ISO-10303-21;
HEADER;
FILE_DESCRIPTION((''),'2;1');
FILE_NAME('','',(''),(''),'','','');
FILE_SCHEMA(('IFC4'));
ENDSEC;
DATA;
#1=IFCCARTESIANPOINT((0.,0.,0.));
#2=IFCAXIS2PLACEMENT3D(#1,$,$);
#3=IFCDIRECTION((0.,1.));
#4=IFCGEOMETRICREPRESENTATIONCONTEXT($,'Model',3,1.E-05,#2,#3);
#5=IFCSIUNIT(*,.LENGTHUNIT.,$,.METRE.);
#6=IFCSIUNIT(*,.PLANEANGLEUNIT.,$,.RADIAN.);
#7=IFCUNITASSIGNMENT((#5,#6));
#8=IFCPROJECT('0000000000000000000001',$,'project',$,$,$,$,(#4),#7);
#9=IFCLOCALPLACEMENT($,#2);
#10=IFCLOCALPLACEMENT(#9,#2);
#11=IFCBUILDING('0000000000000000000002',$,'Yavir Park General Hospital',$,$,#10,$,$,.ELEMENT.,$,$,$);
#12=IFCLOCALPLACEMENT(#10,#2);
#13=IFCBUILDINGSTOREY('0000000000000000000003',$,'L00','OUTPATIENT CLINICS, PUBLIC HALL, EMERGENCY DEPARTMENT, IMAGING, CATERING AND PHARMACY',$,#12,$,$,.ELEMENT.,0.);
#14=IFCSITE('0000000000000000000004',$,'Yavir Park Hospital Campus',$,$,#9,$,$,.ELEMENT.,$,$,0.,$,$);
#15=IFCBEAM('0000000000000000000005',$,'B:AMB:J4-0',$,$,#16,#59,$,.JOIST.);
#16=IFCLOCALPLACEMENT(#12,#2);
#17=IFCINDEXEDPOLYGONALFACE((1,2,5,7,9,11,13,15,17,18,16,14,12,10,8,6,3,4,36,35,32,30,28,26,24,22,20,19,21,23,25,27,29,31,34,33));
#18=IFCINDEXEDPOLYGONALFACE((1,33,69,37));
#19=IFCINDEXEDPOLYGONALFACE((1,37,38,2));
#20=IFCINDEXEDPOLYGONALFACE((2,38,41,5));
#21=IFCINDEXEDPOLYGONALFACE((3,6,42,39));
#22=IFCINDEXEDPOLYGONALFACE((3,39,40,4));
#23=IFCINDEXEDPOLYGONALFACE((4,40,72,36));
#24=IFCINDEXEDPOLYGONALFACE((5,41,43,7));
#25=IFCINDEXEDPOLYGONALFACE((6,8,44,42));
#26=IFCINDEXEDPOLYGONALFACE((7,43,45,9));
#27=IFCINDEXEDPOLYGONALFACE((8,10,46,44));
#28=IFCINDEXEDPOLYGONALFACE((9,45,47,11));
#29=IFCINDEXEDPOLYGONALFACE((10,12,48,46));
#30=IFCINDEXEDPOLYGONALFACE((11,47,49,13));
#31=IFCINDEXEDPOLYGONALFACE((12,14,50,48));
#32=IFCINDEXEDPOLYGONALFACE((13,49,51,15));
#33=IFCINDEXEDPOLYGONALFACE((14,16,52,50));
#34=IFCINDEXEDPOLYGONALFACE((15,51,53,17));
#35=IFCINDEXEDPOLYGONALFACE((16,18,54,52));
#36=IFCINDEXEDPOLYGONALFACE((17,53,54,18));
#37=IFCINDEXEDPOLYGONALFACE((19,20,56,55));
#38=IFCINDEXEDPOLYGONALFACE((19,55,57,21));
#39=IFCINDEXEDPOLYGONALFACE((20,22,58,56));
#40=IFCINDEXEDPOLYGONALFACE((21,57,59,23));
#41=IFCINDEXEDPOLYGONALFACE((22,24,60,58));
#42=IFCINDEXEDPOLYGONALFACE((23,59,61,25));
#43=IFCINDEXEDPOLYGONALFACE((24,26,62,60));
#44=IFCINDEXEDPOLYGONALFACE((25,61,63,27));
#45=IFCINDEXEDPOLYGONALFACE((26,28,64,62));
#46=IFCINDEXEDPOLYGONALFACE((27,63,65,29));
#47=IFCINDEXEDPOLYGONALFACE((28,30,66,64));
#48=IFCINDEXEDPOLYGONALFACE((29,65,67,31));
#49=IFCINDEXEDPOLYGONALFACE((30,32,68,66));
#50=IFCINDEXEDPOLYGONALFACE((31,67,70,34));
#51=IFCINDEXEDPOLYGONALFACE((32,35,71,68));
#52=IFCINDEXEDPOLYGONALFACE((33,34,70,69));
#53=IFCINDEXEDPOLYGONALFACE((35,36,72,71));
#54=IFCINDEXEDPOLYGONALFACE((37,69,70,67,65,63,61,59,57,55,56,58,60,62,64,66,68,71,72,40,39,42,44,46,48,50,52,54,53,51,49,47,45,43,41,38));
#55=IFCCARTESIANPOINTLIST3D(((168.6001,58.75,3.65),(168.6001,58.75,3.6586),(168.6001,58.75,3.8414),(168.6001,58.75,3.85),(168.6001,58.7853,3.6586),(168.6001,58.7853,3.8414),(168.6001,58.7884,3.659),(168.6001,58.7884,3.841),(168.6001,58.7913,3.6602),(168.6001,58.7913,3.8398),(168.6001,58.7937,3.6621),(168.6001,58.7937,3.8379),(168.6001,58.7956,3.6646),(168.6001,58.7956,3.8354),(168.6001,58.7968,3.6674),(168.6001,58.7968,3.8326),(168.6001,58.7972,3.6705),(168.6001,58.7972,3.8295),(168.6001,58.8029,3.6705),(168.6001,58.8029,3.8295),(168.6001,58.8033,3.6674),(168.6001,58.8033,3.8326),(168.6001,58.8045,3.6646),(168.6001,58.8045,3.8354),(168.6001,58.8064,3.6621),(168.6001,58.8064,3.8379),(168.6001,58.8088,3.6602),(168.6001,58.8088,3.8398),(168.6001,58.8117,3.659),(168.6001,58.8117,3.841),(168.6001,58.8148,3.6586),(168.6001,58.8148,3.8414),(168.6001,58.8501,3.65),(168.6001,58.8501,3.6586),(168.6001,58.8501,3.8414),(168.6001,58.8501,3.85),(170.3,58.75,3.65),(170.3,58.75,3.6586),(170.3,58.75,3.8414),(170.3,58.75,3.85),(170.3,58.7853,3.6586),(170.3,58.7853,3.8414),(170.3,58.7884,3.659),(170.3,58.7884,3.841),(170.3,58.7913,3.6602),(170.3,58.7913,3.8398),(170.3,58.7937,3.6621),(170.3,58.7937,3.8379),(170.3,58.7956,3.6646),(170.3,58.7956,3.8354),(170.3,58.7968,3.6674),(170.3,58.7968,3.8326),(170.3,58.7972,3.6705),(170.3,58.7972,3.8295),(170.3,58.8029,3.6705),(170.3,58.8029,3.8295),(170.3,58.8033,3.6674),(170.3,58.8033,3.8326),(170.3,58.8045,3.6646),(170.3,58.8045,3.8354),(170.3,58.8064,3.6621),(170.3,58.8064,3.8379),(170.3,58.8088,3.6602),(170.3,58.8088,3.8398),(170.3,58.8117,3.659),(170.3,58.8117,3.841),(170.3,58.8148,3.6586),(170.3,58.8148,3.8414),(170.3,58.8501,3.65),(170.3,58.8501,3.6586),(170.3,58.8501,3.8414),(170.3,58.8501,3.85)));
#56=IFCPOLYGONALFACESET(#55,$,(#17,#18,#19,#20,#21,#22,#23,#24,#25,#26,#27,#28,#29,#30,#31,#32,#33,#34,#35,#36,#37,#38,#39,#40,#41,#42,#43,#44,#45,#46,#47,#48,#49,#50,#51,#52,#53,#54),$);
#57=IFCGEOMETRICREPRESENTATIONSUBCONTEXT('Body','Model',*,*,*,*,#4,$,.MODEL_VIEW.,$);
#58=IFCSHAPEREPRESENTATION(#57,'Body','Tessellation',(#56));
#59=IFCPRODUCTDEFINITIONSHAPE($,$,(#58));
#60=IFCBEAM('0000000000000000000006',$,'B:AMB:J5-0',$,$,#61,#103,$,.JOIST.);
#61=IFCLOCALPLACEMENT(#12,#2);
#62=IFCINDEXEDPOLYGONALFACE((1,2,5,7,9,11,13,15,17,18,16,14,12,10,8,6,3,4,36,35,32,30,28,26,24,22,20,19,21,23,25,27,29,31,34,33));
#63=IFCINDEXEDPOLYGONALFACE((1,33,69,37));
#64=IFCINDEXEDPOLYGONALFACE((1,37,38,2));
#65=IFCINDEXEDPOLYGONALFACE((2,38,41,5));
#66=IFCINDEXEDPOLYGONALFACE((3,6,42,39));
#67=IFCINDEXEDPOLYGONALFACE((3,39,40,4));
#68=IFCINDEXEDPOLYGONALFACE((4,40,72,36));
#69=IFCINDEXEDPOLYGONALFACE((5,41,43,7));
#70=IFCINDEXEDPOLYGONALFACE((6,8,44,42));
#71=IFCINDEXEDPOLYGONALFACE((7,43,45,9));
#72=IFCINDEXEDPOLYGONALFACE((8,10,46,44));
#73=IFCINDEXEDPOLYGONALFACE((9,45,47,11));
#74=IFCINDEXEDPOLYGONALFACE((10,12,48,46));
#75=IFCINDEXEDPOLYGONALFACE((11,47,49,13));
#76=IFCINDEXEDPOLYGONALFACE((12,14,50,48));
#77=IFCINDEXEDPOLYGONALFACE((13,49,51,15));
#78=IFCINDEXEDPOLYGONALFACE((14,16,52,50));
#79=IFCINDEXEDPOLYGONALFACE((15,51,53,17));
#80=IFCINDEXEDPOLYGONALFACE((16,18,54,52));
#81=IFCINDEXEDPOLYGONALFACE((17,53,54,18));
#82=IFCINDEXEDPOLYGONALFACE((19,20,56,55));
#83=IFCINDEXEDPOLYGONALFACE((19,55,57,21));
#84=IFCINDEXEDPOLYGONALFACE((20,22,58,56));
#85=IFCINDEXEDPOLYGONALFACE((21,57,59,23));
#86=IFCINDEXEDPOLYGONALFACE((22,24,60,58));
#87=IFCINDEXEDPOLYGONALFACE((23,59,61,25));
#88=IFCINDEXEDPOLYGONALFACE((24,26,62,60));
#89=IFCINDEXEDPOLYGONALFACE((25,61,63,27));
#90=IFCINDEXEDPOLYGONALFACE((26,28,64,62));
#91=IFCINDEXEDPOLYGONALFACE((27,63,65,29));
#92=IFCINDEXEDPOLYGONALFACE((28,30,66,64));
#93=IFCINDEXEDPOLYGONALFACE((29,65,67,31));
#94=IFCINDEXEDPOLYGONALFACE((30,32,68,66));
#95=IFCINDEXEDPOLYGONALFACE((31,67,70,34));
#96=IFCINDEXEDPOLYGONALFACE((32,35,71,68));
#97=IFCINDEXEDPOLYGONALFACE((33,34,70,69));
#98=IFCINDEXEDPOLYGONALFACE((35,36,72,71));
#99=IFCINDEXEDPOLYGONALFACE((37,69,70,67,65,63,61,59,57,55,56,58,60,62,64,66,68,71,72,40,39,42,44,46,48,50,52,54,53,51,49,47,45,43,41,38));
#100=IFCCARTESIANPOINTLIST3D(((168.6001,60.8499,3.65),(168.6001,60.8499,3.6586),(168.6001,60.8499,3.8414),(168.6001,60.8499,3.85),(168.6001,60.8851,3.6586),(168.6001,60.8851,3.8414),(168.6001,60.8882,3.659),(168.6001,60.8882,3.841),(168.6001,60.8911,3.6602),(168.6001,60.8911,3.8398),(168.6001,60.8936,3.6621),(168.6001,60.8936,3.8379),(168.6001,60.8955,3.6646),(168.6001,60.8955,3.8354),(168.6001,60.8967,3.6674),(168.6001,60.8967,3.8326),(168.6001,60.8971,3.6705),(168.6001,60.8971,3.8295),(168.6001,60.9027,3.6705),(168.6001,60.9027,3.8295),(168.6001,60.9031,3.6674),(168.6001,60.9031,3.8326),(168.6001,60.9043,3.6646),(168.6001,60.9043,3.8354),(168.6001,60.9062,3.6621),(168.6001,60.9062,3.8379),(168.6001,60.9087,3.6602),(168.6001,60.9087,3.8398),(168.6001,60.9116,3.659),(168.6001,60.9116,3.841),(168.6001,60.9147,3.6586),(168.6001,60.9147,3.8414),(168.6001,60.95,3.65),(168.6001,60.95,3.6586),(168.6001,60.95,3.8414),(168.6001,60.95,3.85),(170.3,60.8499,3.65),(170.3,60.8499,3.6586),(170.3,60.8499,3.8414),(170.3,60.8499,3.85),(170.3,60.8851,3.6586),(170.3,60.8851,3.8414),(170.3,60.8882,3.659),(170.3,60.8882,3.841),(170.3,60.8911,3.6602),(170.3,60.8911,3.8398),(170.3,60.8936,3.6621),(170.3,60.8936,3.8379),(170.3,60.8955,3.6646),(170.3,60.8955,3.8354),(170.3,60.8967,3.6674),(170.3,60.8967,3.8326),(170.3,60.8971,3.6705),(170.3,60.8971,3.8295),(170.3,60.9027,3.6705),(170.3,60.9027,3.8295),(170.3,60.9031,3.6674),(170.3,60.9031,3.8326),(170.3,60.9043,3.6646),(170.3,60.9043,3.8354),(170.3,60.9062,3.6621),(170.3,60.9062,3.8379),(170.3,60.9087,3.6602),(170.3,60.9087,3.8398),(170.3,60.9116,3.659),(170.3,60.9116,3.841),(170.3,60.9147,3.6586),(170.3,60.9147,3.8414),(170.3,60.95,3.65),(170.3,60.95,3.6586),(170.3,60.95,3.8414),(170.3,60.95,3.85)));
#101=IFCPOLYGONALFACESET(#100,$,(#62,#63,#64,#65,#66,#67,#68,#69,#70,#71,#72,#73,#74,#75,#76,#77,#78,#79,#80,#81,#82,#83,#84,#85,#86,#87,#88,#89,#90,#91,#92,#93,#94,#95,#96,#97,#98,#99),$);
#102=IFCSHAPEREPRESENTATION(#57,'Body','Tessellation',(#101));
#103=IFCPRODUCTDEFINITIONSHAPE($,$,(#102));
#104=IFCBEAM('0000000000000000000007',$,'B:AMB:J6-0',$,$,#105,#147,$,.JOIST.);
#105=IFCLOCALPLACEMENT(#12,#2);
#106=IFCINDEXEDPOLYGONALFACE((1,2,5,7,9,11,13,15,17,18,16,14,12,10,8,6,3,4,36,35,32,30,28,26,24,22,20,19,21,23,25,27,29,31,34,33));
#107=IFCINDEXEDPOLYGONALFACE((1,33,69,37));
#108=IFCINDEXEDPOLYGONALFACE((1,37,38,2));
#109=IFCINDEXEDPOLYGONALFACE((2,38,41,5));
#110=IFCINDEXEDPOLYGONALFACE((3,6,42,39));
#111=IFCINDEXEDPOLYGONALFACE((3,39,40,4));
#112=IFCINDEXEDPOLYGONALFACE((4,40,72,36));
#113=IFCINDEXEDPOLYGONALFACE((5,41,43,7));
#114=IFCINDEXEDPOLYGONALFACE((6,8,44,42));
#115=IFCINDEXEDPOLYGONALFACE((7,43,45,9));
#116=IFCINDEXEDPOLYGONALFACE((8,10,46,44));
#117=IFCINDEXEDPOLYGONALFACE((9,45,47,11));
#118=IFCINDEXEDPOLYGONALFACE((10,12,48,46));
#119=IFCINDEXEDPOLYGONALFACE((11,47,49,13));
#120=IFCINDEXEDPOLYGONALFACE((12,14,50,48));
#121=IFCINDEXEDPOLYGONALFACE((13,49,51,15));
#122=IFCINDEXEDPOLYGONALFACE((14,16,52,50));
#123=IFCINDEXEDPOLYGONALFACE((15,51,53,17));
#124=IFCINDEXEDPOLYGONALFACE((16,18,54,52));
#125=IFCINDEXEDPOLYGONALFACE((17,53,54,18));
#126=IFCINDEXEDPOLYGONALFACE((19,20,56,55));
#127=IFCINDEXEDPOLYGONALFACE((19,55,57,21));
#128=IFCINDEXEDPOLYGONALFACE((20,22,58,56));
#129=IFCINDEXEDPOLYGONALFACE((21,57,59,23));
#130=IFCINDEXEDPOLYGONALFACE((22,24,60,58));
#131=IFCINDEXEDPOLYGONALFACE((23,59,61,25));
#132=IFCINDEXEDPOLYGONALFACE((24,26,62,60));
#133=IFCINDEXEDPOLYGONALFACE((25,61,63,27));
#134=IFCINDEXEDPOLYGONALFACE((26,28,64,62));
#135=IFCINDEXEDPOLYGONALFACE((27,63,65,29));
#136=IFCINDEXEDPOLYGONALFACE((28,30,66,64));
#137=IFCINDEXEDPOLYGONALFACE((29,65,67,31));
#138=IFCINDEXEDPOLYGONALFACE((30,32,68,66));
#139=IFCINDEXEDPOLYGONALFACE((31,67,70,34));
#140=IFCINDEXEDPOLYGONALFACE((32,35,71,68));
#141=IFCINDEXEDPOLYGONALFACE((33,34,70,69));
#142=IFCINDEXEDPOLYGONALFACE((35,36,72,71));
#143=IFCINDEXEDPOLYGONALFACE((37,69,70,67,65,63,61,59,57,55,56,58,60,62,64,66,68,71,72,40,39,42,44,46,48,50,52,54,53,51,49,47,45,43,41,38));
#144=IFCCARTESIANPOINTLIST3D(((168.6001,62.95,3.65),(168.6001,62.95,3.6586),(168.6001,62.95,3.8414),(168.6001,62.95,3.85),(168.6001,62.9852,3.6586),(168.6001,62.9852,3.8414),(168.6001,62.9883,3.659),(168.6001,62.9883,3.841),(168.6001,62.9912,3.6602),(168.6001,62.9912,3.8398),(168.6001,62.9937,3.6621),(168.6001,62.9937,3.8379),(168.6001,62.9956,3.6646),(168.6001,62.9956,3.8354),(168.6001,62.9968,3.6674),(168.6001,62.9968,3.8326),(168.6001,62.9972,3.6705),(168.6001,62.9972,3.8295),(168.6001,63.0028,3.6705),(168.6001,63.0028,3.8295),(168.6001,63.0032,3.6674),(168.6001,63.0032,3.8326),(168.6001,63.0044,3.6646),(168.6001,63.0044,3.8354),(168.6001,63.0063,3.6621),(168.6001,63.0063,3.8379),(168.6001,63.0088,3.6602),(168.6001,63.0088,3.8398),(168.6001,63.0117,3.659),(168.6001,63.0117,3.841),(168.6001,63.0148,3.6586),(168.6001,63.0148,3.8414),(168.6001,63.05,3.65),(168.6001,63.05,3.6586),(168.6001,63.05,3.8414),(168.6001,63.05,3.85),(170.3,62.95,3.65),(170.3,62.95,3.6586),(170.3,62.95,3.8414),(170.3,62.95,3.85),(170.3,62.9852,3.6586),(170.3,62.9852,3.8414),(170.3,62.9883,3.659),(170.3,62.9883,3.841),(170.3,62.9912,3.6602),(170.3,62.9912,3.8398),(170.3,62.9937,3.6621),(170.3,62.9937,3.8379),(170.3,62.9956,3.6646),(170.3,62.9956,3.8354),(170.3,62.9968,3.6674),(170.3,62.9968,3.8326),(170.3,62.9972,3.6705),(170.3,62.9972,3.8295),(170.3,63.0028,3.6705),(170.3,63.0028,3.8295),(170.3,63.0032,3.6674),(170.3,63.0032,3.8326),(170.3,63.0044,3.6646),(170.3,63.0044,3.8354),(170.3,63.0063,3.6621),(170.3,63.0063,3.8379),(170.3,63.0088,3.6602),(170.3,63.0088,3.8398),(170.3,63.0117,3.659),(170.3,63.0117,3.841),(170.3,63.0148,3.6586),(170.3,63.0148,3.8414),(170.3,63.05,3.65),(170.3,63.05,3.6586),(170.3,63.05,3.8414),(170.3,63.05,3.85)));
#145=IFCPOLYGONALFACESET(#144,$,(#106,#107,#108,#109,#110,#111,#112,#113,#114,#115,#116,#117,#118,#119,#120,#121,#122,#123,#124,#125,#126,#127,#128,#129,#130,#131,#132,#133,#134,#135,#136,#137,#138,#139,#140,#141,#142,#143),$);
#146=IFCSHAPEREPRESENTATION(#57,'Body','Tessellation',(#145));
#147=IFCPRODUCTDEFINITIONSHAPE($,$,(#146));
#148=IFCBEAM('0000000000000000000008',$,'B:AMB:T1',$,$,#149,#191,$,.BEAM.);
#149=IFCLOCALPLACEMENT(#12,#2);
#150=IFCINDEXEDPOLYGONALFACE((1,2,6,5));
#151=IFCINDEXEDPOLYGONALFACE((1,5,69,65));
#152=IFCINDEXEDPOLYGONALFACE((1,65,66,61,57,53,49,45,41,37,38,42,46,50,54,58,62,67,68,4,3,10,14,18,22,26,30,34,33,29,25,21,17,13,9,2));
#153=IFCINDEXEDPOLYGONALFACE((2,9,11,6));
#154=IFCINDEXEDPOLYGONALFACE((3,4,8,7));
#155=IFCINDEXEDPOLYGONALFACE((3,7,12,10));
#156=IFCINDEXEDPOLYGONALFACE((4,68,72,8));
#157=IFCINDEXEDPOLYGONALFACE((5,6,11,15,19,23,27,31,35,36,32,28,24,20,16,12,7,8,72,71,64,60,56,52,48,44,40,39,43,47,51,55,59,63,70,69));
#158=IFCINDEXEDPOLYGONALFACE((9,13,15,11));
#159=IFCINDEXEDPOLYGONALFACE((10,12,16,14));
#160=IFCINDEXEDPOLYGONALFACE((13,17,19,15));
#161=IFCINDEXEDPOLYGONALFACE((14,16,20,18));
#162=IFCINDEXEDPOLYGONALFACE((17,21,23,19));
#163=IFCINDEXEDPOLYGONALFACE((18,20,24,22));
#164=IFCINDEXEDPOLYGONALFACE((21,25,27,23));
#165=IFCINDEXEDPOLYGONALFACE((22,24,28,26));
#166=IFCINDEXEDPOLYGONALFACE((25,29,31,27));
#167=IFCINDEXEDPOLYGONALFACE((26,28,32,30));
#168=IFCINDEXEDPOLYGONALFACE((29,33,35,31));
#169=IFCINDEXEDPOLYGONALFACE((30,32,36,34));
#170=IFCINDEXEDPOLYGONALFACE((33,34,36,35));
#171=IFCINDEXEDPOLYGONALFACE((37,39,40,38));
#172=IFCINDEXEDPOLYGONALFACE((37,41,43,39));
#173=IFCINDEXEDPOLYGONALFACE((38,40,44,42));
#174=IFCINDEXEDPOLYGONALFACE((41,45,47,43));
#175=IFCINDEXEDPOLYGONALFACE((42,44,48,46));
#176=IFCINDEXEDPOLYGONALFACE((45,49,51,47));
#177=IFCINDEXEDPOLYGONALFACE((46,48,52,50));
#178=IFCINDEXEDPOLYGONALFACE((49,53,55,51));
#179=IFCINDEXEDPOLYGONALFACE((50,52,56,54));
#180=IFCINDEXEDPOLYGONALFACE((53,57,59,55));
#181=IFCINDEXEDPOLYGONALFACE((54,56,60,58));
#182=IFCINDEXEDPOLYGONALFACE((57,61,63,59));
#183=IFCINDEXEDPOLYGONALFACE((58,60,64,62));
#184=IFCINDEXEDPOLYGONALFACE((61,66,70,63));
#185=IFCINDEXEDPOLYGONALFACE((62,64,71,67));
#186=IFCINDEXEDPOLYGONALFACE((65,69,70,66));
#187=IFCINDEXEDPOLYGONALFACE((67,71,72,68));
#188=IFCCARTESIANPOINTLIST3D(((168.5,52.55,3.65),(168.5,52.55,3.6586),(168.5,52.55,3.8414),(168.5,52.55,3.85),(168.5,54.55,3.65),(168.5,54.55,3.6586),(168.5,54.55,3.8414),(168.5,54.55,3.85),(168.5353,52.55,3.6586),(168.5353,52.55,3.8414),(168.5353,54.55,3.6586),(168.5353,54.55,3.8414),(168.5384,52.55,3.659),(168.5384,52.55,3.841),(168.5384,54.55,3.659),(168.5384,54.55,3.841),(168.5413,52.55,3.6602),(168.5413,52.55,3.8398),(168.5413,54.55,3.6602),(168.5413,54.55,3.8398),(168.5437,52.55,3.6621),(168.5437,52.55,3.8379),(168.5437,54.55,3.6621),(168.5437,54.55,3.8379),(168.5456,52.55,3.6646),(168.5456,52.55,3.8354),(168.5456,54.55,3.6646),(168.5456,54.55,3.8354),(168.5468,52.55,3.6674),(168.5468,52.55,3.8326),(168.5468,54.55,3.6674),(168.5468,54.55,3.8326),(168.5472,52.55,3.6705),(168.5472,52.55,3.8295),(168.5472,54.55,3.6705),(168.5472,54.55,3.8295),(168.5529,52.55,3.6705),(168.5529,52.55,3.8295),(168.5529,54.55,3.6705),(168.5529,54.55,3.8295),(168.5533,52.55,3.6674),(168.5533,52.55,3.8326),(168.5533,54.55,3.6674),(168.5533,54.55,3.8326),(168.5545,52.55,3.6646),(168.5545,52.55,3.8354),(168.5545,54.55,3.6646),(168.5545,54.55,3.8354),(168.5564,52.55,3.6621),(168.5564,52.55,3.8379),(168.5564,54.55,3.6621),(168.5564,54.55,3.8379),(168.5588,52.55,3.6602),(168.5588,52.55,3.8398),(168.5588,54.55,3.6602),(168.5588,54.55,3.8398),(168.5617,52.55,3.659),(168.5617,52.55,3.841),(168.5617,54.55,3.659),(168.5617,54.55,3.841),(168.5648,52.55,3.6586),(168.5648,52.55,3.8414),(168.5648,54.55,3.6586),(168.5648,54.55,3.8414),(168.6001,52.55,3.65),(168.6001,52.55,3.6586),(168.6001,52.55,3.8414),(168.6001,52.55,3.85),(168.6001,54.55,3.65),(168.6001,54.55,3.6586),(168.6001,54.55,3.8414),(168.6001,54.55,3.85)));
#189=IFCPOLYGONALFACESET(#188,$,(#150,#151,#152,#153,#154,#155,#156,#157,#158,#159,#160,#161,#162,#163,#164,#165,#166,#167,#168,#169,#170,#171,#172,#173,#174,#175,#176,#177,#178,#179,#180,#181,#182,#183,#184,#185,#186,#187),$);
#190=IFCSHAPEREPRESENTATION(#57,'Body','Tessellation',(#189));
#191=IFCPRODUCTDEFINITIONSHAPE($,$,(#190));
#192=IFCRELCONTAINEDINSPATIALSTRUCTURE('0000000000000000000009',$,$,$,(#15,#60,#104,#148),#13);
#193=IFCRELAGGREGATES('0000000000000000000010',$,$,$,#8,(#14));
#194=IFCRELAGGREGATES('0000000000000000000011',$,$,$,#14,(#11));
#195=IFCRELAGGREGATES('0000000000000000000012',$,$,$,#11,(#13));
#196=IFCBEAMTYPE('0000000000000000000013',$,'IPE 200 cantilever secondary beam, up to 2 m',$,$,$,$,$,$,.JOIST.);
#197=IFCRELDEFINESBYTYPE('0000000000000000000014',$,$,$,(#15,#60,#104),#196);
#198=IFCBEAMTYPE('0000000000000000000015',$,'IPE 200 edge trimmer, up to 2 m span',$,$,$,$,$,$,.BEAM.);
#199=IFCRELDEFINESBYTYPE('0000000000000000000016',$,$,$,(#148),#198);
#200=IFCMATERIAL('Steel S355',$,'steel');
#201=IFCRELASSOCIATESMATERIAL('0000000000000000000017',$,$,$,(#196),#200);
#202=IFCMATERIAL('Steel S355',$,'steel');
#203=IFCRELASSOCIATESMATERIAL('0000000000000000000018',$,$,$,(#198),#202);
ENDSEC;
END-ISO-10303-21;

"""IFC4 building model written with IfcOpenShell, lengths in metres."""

from ifc_helpers import new_model, si_unit, direction, frame, origin, origin_2d, place, context, subcontext, project, spatial, i_section, extrude, material, material_profile, profile_set, type_object, element, save


model = new_model("IFC4")

# Units and contexts
model_context = context("Model", 3, precision=1e-05, world=origin(), true_north=direction((0.0, 1.0)))
body_context = subcontext(model_context, "Body", "Model", "MODEL_VIEW")
ifc_project = project(units=[si_unit("LENGTHUNIT", "METRE"), si_unit("PLANEANGLEUNIT", "RADIAN")], contexts=[model_context])

# Site, building, storey
site_placement = place(None, origin())
site = spatial("IfcSite", under=ifc_project, at=site_placement, Name="Yavir Park Hospital Campus", CompositionType="ELEMENT", RefElevation=0.0)
building_placement = place(site_placement, origin())
building = spatial("IfcBuilding", under=site, at=building_placement, Name="Yavir Park General Hospital", CompositionType="ELEMENT")
storey_placement = place(building_placement, origin())
storey = spatial("IfcBuildingStorey", under=building, at=storey_placement, Name="L00", Description="OUTPATIENT CLINICS, PUBLIC HALL, EMERGENCY DEPARTMENT, IMAGING, CATERING AND PHARMACY", CompositionType="ELEMENT", Elevation=0.0)

# Beams
ifc_material_1 = material(Name="Steel S355", Category="steel")
ifc_material_profile_1 = material_profile(ifc_material_1, i_section(OverallWidth=0.1001, OverallDepth=0.2, WebThickness=0.0056, FlangeThickness=0.0085, FilletRadius=0.012, at=origin_2d()), Name="IPE200")
ifc_profile_set_1 = profile_set([ifc_material_profile_1], Name="Steel S355")
beam_type_1 = type_object("IfcBeamType", Name="IPE 200 cantilever secondary beam, up to 2 m", PredefinedType="JOIST", material=ifc_profile_set_1)
for number, where, z_axis, x_axis, name in (
    (1, (168.6001, 58.8, 3.75), (1.0, 0.0, 0.0), (0.0, 1.0, 0.0), "B:AMB:J4-0"),
    (2, (168.6001, 60.8999, 3.75), (1.0, 0.0, 0.0), (0.0, 1.0, 0.0), "B:AMB:J5-0"),
    (3, (168.6001, 63.0, 3.75), (1.0, 0.0, 0.0), (0.0, 1.0, 0.0), "B:AMB:J6-0"),
):
    element("IfcBeam", number, at=place(storey_placement, frame(where, z_axis=z_axis, x_axis=x_axis)), inside=storey, type_object=beam_type_1, Name=name, PredefinedType="JOIST", context=body_context, shape_type="SweptSolid", body=[
        extrude(i_section(OverallWidth=0.1001, OverallDepth=0.2, WebThickness=0.0056, FlangeThickness=0.0085, FilletRadius=0.012, at=origin_2d()), origin(), (0.0, 0.0, 1.0), 1.7),
    ])
ifc_material_2 = material(Name="Steel S355", Category="steel")
ifc_material_profile_2 = material_profile(ifc_material_2, i_section(OverallWidth=0.1001, OverallDepth=0.2, WebThickness=0.0056, FlangeThickness=0.0085, FilletRadius=0.012, at=origin_2d()), Name="IPE200")
ifc_profile_set_2 = profile_set([ifc_material_profile_2], Name="Steel S355")
beam_type_2 = type_object("IfcBeamType", Name="IPE 200 edge trimmer, up to 2 m span", PredefinedType="BEAM", material=ifc_profile_set_2)
for number, where, z_axis, x_axis, name in (
    (4, (168.55, 52.55, 3.75), (0.0, 1.0, 0.0), (-1.0, 0.0, 0.0), "B:AMB:T1"),
):
    element("IfcBeam", number, at=place(storey_placement, frame(where, z_axis=z_axis, x_axis=x_axis)), inside=storey, type_object=beam_type_2, Name=name, PredefinedType="BEAM", context=body_context, shape_type="SweptSolid", body=[
        extrude(i_section(OverallWidth=0.1001, OverallDepth=0.2, WebThickness=0.0056, FlangeThickness=0.0085, FilletRadius=0.012, at=origin_2d()), origin(), (0.0, 0.0, 1.0), 2.0),
    ])

save(model, "model.ifc")
